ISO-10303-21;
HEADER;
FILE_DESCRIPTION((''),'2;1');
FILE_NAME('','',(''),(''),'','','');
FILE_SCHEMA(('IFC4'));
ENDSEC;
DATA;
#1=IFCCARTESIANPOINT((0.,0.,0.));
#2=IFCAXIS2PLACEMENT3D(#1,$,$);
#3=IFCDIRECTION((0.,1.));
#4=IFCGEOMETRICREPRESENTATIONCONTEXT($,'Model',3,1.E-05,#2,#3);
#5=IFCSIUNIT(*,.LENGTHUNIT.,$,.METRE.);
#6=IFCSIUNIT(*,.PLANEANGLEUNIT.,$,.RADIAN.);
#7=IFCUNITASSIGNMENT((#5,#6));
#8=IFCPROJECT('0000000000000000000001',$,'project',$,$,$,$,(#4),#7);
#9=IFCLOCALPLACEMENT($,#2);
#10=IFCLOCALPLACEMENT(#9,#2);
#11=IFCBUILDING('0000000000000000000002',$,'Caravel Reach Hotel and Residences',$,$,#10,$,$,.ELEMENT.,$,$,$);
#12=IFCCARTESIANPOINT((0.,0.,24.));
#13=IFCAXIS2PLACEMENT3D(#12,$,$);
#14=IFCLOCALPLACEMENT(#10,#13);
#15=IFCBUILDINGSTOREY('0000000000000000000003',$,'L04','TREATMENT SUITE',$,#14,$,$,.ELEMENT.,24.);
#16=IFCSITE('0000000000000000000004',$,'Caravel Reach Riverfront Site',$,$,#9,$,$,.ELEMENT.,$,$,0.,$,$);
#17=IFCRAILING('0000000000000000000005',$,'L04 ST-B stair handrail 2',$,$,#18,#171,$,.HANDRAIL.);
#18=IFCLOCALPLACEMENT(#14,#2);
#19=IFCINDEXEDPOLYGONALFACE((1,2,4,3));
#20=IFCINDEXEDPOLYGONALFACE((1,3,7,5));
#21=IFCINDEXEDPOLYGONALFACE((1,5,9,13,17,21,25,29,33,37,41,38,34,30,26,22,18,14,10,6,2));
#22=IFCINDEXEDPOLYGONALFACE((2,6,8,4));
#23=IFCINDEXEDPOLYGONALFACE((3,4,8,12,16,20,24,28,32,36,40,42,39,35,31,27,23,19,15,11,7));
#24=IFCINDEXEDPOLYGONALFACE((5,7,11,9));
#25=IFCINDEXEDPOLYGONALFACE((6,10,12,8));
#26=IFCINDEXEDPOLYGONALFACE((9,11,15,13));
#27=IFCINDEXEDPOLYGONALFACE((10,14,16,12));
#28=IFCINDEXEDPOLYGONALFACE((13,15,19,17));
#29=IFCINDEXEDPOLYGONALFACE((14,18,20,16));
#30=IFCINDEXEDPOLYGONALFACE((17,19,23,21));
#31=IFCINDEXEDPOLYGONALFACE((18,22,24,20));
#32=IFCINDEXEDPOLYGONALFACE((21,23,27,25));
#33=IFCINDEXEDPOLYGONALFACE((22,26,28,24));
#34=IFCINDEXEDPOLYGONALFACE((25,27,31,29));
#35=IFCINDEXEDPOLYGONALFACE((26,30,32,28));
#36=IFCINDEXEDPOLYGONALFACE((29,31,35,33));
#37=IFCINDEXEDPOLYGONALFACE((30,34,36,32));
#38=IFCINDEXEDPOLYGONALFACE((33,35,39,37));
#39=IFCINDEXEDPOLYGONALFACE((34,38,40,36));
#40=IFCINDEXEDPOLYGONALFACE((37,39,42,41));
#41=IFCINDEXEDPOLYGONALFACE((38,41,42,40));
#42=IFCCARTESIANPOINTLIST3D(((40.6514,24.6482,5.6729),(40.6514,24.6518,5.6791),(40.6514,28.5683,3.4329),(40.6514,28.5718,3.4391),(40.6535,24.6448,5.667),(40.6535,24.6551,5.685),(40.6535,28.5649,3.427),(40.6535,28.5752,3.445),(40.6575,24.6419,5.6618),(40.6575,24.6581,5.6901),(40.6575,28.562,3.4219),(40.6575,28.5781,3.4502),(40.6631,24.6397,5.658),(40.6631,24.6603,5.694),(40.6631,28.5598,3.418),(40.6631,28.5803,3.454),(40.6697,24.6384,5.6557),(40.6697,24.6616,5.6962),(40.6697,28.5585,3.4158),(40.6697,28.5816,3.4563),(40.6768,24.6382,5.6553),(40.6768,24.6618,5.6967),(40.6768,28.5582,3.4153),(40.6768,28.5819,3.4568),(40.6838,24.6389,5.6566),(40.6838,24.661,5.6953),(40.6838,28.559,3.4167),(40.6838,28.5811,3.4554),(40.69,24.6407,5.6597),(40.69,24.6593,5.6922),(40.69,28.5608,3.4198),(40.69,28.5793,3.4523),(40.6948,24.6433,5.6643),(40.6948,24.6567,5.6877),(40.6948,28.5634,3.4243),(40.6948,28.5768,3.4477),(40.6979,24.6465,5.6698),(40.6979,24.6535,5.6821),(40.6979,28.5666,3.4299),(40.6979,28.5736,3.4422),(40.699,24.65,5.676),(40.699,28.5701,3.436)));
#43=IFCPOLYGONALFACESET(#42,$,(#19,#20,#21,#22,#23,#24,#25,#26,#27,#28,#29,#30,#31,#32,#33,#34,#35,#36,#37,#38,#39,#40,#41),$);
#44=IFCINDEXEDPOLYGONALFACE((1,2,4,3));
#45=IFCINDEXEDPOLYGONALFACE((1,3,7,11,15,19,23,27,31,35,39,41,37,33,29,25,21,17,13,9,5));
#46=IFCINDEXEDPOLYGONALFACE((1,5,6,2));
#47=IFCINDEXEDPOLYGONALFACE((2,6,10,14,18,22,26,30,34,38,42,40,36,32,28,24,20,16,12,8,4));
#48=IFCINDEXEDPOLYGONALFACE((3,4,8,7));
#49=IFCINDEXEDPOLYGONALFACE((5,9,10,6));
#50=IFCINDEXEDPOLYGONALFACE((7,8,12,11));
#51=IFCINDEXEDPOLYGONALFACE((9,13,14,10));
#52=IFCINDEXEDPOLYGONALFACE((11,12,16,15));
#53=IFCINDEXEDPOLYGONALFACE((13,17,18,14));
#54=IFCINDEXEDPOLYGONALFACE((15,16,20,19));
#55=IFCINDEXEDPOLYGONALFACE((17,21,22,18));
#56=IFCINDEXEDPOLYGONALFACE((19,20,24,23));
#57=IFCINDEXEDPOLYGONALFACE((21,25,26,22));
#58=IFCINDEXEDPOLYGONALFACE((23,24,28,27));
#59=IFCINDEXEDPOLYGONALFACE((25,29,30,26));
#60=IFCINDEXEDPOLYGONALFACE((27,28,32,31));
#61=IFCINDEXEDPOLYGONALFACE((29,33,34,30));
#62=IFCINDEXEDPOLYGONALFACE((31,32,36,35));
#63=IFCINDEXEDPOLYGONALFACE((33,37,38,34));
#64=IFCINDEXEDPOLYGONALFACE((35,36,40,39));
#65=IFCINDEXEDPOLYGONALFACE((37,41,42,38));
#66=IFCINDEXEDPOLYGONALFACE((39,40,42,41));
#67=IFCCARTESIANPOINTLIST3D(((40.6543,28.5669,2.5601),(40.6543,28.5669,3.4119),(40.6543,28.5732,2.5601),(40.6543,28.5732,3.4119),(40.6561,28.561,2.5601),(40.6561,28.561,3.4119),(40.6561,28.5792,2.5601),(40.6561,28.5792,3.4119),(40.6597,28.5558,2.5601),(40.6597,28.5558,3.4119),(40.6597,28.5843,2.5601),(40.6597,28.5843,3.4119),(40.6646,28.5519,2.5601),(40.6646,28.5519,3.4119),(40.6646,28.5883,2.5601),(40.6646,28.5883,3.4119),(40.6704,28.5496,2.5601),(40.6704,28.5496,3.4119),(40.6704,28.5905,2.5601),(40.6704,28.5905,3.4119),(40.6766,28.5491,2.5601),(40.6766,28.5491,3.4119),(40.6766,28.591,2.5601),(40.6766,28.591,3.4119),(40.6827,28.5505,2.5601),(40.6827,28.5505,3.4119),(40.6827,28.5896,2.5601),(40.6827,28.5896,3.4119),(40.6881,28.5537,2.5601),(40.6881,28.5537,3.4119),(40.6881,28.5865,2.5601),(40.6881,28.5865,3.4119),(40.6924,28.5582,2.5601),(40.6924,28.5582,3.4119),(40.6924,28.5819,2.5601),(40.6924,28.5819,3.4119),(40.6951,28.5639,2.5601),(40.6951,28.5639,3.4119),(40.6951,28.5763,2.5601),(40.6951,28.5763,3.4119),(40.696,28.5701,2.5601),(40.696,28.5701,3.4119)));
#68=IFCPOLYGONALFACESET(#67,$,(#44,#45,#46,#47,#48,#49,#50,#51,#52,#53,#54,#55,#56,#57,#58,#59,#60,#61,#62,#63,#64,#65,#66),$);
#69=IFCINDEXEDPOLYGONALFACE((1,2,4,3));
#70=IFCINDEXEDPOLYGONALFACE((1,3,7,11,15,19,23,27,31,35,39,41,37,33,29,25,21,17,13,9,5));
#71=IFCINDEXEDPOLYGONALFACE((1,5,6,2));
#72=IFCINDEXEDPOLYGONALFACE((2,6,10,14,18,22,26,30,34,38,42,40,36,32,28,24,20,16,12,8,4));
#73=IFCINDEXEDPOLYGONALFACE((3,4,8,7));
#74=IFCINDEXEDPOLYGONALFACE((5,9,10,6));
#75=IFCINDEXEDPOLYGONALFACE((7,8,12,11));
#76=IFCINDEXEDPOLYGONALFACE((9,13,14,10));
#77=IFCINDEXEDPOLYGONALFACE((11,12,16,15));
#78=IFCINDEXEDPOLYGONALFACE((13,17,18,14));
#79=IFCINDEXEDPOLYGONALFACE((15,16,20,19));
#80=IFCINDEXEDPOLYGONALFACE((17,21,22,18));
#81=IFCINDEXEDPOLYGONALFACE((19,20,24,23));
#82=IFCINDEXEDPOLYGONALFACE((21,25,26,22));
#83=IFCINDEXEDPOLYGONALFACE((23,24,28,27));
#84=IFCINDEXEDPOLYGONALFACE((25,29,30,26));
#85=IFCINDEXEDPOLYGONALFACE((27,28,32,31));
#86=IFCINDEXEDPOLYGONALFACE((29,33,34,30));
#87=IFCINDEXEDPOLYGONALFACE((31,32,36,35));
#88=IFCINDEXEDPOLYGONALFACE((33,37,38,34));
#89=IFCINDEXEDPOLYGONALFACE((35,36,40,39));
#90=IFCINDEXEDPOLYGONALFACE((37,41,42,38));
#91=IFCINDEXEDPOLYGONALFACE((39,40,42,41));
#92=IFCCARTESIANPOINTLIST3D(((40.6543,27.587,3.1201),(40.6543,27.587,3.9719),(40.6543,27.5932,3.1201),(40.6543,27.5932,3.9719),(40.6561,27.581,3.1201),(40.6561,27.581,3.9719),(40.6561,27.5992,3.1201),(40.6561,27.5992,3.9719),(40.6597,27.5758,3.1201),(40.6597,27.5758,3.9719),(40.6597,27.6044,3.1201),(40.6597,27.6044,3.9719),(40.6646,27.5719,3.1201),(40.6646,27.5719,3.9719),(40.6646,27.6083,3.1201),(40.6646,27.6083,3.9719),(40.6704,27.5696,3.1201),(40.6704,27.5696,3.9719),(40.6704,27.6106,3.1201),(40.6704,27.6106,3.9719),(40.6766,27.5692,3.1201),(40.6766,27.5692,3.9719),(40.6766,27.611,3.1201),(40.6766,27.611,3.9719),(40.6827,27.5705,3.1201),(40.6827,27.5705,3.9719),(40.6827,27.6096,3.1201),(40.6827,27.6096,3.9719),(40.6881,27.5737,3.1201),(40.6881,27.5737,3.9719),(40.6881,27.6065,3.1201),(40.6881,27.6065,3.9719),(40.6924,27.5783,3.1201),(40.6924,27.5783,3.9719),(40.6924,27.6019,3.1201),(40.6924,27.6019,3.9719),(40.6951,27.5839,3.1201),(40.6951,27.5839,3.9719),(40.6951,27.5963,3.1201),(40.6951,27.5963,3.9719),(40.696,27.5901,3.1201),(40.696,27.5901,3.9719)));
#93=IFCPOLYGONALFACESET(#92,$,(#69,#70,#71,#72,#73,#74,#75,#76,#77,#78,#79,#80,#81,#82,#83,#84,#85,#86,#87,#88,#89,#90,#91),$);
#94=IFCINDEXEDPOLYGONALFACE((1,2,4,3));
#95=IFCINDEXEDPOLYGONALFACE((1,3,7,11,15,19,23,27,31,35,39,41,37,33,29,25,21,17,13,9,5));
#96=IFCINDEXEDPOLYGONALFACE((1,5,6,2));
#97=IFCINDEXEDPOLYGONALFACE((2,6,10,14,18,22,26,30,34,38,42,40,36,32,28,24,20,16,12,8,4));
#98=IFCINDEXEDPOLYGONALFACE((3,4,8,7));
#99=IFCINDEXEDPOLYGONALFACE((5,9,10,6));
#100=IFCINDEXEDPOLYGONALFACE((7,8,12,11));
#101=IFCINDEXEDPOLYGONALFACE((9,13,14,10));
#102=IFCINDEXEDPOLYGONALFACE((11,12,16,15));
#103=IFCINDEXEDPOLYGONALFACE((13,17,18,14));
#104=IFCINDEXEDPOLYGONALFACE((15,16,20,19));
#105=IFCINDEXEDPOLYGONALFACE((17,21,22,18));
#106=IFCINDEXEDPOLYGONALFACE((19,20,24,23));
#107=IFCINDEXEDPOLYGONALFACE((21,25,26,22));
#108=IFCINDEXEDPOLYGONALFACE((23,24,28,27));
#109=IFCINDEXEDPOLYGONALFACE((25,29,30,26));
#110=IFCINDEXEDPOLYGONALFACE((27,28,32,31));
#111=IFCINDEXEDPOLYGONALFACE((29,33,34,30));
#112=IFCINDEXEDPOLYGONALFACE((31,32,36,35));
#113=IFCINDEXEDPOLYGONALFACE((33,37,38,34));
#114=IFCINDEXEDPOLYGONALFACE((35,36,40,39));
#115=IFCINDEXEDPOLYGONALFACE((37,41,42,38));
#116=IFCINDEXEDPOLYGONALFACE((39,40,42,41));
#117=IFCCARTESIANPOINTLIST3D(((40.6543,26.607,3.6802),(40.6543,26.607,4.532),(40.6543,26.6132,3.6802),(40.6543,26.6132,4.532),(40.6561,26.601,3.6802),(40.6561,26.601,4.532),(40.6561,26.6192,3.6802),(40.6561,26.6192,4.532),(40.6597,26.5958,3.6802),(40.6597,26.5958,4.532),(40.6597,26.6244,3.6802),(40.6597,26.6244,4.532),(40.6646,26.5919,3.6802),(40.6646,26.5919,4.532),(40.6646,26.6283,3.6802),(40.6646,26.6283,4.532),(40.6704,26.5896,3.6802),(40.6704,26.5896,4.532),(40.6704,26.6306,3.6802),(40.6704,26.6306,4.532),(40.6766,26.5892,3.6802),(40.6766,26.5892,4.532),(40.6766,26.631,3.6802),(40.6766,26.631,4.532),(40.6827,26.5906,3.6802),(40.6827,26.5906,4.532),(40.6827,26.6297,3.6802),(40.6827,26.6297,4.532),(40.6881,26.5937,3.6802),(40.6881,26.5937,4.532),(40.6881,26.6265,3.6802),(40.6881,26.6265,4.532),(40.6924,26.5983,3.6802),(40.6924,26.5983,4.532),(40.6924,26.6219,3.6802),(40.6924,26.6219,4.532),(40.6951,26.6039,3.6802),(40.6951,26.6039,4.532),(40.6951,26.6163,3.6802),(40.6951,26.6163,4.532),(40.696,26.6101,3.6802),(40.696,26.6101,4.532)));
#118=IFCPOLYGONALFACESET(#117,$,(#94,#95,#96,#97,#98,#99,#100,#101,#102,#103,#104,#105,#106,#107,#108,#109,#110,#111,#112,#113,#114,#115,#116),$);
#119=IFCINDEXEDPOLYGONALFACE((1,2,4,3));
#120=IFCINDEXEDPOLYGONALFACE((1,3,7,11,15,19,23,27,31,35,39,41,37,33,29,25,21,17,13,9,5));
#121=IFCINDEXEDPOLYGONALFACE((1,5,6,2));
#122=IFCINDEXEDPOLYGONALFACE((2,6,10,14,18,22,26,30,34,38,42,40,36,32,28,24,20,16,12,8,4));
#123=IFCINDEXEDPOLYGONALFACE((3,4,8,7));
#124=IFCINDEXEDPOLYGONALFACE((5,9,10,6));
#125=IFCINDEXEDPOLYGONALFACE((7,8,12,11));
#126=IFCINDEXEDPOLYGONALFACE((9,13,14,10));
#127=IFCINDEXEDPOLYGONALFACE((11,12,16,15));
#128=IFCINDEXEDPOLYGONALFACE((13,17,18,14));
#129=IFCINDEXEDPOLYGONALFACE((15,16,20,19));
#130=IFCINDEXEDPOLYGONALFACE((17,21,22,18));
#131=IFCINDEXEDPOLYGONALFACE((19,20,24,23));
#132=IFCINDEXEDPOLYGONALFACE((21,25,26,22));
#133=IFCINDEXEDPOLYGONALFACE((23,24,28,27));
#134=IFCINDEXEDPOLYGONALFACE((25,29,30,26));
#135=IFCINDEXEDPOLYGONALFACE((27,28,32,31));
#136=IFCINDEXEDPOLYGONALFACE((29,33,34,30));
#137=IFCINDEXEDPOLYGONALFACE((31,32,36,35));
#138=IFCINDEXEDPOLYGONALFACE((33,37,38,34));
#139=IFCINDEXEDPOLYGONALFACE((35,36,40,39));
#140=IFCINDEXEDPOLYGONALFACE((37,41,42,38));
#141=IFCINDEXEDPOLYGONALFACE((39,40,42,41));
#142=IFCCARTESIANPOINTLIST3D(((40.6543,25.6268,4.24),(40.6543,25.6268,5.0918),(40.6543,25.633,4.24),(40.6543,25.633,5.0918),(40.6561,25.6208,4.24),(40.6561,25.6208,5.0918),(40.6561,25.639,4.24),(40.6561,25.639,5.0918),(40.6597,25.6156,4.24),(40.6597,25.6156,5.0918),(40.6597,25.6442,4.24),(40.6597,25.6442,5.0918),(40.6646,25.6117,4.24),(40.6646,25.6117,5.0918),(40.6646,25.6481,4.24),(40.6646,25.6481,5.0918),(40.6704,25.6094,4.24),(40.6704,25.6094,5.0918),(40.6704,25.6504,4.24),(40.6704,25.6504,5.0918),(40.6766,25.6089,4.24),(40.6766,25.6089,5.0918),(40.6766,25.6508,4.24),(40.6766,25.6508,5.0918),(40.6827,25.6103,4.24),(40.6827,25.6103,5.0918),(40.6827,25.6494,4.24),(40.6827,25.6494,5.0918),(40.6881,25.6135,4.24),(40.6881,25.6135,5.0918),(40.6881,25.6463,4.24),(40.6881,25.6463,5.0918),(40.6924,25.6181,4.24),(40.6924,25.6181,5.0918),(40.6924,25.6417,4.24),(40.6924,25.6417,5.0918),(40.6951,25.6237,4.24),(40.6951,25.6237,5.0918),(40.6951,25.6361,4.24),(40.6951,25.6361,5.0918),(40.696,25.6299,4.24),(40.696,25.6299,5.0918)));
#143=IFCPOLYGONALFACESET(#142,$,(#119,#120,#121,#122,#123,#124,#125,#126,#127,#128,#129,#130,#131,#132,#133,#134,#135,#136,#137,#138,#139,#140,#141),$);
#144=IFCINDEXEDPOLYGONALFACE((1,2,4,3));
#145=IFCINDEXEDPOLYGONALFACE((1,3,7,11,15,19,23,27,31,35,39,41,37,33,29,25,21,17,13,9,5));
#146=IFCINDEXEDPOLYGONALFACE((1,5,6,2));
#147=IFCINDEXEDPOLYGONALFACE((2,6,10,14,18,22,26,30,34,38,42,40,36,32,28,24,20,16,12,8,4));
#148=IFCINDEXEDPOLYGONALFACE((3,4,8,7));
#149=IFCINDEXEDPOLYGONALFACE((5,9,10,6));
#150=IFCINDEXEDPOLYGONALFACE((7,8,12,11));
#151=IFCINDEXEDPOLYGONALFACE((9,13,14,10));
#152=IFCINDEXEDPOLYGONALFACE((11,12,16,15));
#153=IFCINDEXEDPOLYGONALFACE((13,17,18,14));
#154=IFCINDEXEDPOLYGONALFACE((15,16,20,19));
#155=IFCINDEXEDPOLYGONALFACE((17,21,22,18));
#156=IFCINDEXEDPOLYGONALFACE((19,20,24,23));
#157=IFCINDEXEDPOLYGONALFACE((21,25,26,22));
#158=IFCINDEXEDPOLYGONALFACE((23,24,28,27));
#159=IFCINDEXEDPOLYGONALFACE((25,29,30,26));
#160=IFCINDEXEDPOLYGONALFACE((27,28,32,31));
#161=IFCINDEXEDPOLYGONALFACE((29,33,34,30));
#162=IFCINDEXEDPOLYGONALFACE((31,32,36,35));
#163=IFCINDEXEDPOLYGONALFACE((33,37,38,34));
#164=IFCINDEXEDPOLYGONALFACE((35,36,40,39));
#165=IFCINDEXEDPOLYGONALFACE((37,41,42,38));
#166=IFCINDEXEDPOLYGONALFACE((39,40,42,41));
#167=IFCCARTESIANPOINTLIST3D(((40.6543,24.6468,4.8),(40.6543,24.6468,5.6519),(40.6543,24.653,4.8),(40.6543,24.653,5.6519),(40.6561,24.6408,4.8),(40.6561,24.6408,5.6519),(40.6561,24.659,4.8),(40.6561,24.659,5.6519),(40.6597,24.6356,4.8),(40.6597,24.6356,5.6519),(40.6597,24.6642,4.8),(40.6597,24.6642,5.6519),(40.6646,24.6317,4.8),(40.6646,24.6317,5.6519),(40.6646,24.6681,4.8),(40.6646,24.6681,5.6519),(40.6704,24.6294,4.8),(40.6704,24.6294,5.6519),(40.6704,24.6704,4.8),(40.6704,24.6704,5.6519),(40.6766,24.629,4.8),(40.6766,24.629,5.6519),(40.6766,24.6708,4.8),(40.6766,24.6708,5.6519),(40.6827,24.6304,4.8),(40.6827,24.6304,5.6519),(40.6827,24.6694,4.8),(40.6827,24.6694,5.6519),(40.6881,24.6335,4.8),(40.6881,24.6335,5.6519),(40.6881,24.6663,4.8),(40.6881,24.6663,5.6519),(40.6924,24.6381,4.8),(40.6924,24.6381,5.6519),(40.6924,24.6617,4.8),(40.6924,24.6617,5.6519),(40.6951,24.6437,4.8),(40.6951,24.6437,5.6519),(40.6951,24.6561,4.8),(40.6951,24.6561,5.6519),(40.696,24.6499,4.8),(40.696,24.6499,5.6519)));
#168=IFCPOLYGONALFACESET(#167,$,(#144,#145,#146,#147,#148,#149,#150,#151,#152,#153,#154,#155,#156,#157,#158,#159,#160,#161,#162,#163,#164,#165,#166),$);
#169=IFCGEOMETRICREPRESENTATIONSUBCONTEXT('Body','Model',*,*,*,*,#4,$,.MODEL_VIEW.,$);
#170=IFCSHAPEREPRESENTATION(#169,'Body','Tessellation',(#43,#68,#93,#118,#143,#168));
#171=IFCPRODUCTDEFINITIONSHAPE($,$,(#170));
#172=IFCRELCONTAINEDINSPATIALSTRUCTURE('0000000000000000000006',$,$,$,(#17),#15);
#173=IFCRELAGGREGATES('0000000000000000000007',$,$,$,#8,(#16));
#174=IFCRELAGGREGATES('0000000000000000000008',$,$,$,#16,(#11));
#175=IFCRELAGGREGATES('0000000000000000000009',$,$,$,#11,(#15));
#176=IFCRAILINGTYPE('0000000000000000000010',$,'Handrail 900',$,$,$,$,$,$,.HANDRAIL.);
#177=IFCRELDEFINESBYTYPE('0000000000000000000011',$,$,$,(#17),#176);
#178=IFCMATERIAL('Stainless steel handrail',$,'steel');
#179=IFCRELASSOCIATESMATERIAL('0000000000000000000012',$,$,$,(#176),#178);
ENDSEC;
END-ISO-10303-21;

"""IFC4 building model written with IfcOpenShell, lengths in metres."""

from ifc_helpers import new_model, si_unit, direction, frame, origin, origin_2d, place, context, subcontext, project, spatial, circle, extrude, material, type_object, element, save


model = new_model("IFC4")

# Units and contexts
model_context = context("Model", 3, precision=1e-05, world=origin(), true_north=direction((0.0, 1.0)))
body_context = subcontext(model_context, "Body", "Model", "MODEL_VIEW")
ifc_project = project(units=[si_unit("LENGTHUNIT", "METRE"), si_unit("PLANEANGLEUNIT", "RADIAN")], contexts=[model_context])

# Site, building, storey
site_placement = place(None, origin())
site = spatial("IfcSite", under=ifc_project, at=site_placement, Name="Caravel Reach Riverfront Site", CompositionType="ELEMENT", RefElevation=0.0)
building_placement = place(site_placement, origin())
building = spatial("IfcBuilding", under=site, at=building_placement, Name="Caravel Reach Hotel and Residences", CompositionType="ELEMENT")
storey_placement = place(building_placement, frame((0.0, 0.0, 24.0)))
storey = spatial("IfcBuildingStorey", under=building, at=storey_placement, Name="L04", Description="TREATMENT SUITE", CompositionType="ELEMENT", Elevation=24.0)

# Railing
ifc_material_1 = material(Name="Stainless steel handrail", Category="steel")
railing_type_1 = type_object("IfcRailingType", Name="Handrail 900", PredefinedType="HANDRAIL", material=ifc_material_1)
railing_1_placement = place(storey_placement, frame((40.675, 28.5701, 2.5601)))
element("IfcRailing", 1, at=railing_1_placement, inside=storey, type_object=railing_type_1, Name="L04 ST-B stair handrail 2", PredefinedType="HANDRAIL", context=body_context, shape_type="SweptSolid", body=[
    extrude(circle(Radius=0.0239, at=origin_2d()), frame((0.0, 0.0, 0.876), z_axis=(0.0, -0.868253, 0.496121), x_axis=(1.0, 0.0, 0.0)), (0.0, 0.0, 1.0), 4.5149),
    extrude(circle(Radius=0.021, at=origin_2d()), origin(), (0.0, 0.0, 1.0), 0.8518),
    extrude(circle(Radius=0.021, at=origin_2d()), frame((0.0, -0.98, 0.5601)), (0.0, 0.0, 1.0), 0.8518),
    extrude(circle(Radius=0.021, at=origin_2d()), frame((0.0, -1.96, 1.1201)), (0.0, 0.0, 1.0), 0.8518),
    extrude(circle(Radius=0.021, at=origin_2d()), frame((0.0, -2.9402, 1.6799)), (0.0, 0.0, 1.0), 0.8518),
    extrude(circle(Radius=0.021, at=origin_2d()), frame((0.0, -3.9202, 2.24)), (0.0, 0.0, 1.0), 0.8518),
])

save(model, "model.ifc")
